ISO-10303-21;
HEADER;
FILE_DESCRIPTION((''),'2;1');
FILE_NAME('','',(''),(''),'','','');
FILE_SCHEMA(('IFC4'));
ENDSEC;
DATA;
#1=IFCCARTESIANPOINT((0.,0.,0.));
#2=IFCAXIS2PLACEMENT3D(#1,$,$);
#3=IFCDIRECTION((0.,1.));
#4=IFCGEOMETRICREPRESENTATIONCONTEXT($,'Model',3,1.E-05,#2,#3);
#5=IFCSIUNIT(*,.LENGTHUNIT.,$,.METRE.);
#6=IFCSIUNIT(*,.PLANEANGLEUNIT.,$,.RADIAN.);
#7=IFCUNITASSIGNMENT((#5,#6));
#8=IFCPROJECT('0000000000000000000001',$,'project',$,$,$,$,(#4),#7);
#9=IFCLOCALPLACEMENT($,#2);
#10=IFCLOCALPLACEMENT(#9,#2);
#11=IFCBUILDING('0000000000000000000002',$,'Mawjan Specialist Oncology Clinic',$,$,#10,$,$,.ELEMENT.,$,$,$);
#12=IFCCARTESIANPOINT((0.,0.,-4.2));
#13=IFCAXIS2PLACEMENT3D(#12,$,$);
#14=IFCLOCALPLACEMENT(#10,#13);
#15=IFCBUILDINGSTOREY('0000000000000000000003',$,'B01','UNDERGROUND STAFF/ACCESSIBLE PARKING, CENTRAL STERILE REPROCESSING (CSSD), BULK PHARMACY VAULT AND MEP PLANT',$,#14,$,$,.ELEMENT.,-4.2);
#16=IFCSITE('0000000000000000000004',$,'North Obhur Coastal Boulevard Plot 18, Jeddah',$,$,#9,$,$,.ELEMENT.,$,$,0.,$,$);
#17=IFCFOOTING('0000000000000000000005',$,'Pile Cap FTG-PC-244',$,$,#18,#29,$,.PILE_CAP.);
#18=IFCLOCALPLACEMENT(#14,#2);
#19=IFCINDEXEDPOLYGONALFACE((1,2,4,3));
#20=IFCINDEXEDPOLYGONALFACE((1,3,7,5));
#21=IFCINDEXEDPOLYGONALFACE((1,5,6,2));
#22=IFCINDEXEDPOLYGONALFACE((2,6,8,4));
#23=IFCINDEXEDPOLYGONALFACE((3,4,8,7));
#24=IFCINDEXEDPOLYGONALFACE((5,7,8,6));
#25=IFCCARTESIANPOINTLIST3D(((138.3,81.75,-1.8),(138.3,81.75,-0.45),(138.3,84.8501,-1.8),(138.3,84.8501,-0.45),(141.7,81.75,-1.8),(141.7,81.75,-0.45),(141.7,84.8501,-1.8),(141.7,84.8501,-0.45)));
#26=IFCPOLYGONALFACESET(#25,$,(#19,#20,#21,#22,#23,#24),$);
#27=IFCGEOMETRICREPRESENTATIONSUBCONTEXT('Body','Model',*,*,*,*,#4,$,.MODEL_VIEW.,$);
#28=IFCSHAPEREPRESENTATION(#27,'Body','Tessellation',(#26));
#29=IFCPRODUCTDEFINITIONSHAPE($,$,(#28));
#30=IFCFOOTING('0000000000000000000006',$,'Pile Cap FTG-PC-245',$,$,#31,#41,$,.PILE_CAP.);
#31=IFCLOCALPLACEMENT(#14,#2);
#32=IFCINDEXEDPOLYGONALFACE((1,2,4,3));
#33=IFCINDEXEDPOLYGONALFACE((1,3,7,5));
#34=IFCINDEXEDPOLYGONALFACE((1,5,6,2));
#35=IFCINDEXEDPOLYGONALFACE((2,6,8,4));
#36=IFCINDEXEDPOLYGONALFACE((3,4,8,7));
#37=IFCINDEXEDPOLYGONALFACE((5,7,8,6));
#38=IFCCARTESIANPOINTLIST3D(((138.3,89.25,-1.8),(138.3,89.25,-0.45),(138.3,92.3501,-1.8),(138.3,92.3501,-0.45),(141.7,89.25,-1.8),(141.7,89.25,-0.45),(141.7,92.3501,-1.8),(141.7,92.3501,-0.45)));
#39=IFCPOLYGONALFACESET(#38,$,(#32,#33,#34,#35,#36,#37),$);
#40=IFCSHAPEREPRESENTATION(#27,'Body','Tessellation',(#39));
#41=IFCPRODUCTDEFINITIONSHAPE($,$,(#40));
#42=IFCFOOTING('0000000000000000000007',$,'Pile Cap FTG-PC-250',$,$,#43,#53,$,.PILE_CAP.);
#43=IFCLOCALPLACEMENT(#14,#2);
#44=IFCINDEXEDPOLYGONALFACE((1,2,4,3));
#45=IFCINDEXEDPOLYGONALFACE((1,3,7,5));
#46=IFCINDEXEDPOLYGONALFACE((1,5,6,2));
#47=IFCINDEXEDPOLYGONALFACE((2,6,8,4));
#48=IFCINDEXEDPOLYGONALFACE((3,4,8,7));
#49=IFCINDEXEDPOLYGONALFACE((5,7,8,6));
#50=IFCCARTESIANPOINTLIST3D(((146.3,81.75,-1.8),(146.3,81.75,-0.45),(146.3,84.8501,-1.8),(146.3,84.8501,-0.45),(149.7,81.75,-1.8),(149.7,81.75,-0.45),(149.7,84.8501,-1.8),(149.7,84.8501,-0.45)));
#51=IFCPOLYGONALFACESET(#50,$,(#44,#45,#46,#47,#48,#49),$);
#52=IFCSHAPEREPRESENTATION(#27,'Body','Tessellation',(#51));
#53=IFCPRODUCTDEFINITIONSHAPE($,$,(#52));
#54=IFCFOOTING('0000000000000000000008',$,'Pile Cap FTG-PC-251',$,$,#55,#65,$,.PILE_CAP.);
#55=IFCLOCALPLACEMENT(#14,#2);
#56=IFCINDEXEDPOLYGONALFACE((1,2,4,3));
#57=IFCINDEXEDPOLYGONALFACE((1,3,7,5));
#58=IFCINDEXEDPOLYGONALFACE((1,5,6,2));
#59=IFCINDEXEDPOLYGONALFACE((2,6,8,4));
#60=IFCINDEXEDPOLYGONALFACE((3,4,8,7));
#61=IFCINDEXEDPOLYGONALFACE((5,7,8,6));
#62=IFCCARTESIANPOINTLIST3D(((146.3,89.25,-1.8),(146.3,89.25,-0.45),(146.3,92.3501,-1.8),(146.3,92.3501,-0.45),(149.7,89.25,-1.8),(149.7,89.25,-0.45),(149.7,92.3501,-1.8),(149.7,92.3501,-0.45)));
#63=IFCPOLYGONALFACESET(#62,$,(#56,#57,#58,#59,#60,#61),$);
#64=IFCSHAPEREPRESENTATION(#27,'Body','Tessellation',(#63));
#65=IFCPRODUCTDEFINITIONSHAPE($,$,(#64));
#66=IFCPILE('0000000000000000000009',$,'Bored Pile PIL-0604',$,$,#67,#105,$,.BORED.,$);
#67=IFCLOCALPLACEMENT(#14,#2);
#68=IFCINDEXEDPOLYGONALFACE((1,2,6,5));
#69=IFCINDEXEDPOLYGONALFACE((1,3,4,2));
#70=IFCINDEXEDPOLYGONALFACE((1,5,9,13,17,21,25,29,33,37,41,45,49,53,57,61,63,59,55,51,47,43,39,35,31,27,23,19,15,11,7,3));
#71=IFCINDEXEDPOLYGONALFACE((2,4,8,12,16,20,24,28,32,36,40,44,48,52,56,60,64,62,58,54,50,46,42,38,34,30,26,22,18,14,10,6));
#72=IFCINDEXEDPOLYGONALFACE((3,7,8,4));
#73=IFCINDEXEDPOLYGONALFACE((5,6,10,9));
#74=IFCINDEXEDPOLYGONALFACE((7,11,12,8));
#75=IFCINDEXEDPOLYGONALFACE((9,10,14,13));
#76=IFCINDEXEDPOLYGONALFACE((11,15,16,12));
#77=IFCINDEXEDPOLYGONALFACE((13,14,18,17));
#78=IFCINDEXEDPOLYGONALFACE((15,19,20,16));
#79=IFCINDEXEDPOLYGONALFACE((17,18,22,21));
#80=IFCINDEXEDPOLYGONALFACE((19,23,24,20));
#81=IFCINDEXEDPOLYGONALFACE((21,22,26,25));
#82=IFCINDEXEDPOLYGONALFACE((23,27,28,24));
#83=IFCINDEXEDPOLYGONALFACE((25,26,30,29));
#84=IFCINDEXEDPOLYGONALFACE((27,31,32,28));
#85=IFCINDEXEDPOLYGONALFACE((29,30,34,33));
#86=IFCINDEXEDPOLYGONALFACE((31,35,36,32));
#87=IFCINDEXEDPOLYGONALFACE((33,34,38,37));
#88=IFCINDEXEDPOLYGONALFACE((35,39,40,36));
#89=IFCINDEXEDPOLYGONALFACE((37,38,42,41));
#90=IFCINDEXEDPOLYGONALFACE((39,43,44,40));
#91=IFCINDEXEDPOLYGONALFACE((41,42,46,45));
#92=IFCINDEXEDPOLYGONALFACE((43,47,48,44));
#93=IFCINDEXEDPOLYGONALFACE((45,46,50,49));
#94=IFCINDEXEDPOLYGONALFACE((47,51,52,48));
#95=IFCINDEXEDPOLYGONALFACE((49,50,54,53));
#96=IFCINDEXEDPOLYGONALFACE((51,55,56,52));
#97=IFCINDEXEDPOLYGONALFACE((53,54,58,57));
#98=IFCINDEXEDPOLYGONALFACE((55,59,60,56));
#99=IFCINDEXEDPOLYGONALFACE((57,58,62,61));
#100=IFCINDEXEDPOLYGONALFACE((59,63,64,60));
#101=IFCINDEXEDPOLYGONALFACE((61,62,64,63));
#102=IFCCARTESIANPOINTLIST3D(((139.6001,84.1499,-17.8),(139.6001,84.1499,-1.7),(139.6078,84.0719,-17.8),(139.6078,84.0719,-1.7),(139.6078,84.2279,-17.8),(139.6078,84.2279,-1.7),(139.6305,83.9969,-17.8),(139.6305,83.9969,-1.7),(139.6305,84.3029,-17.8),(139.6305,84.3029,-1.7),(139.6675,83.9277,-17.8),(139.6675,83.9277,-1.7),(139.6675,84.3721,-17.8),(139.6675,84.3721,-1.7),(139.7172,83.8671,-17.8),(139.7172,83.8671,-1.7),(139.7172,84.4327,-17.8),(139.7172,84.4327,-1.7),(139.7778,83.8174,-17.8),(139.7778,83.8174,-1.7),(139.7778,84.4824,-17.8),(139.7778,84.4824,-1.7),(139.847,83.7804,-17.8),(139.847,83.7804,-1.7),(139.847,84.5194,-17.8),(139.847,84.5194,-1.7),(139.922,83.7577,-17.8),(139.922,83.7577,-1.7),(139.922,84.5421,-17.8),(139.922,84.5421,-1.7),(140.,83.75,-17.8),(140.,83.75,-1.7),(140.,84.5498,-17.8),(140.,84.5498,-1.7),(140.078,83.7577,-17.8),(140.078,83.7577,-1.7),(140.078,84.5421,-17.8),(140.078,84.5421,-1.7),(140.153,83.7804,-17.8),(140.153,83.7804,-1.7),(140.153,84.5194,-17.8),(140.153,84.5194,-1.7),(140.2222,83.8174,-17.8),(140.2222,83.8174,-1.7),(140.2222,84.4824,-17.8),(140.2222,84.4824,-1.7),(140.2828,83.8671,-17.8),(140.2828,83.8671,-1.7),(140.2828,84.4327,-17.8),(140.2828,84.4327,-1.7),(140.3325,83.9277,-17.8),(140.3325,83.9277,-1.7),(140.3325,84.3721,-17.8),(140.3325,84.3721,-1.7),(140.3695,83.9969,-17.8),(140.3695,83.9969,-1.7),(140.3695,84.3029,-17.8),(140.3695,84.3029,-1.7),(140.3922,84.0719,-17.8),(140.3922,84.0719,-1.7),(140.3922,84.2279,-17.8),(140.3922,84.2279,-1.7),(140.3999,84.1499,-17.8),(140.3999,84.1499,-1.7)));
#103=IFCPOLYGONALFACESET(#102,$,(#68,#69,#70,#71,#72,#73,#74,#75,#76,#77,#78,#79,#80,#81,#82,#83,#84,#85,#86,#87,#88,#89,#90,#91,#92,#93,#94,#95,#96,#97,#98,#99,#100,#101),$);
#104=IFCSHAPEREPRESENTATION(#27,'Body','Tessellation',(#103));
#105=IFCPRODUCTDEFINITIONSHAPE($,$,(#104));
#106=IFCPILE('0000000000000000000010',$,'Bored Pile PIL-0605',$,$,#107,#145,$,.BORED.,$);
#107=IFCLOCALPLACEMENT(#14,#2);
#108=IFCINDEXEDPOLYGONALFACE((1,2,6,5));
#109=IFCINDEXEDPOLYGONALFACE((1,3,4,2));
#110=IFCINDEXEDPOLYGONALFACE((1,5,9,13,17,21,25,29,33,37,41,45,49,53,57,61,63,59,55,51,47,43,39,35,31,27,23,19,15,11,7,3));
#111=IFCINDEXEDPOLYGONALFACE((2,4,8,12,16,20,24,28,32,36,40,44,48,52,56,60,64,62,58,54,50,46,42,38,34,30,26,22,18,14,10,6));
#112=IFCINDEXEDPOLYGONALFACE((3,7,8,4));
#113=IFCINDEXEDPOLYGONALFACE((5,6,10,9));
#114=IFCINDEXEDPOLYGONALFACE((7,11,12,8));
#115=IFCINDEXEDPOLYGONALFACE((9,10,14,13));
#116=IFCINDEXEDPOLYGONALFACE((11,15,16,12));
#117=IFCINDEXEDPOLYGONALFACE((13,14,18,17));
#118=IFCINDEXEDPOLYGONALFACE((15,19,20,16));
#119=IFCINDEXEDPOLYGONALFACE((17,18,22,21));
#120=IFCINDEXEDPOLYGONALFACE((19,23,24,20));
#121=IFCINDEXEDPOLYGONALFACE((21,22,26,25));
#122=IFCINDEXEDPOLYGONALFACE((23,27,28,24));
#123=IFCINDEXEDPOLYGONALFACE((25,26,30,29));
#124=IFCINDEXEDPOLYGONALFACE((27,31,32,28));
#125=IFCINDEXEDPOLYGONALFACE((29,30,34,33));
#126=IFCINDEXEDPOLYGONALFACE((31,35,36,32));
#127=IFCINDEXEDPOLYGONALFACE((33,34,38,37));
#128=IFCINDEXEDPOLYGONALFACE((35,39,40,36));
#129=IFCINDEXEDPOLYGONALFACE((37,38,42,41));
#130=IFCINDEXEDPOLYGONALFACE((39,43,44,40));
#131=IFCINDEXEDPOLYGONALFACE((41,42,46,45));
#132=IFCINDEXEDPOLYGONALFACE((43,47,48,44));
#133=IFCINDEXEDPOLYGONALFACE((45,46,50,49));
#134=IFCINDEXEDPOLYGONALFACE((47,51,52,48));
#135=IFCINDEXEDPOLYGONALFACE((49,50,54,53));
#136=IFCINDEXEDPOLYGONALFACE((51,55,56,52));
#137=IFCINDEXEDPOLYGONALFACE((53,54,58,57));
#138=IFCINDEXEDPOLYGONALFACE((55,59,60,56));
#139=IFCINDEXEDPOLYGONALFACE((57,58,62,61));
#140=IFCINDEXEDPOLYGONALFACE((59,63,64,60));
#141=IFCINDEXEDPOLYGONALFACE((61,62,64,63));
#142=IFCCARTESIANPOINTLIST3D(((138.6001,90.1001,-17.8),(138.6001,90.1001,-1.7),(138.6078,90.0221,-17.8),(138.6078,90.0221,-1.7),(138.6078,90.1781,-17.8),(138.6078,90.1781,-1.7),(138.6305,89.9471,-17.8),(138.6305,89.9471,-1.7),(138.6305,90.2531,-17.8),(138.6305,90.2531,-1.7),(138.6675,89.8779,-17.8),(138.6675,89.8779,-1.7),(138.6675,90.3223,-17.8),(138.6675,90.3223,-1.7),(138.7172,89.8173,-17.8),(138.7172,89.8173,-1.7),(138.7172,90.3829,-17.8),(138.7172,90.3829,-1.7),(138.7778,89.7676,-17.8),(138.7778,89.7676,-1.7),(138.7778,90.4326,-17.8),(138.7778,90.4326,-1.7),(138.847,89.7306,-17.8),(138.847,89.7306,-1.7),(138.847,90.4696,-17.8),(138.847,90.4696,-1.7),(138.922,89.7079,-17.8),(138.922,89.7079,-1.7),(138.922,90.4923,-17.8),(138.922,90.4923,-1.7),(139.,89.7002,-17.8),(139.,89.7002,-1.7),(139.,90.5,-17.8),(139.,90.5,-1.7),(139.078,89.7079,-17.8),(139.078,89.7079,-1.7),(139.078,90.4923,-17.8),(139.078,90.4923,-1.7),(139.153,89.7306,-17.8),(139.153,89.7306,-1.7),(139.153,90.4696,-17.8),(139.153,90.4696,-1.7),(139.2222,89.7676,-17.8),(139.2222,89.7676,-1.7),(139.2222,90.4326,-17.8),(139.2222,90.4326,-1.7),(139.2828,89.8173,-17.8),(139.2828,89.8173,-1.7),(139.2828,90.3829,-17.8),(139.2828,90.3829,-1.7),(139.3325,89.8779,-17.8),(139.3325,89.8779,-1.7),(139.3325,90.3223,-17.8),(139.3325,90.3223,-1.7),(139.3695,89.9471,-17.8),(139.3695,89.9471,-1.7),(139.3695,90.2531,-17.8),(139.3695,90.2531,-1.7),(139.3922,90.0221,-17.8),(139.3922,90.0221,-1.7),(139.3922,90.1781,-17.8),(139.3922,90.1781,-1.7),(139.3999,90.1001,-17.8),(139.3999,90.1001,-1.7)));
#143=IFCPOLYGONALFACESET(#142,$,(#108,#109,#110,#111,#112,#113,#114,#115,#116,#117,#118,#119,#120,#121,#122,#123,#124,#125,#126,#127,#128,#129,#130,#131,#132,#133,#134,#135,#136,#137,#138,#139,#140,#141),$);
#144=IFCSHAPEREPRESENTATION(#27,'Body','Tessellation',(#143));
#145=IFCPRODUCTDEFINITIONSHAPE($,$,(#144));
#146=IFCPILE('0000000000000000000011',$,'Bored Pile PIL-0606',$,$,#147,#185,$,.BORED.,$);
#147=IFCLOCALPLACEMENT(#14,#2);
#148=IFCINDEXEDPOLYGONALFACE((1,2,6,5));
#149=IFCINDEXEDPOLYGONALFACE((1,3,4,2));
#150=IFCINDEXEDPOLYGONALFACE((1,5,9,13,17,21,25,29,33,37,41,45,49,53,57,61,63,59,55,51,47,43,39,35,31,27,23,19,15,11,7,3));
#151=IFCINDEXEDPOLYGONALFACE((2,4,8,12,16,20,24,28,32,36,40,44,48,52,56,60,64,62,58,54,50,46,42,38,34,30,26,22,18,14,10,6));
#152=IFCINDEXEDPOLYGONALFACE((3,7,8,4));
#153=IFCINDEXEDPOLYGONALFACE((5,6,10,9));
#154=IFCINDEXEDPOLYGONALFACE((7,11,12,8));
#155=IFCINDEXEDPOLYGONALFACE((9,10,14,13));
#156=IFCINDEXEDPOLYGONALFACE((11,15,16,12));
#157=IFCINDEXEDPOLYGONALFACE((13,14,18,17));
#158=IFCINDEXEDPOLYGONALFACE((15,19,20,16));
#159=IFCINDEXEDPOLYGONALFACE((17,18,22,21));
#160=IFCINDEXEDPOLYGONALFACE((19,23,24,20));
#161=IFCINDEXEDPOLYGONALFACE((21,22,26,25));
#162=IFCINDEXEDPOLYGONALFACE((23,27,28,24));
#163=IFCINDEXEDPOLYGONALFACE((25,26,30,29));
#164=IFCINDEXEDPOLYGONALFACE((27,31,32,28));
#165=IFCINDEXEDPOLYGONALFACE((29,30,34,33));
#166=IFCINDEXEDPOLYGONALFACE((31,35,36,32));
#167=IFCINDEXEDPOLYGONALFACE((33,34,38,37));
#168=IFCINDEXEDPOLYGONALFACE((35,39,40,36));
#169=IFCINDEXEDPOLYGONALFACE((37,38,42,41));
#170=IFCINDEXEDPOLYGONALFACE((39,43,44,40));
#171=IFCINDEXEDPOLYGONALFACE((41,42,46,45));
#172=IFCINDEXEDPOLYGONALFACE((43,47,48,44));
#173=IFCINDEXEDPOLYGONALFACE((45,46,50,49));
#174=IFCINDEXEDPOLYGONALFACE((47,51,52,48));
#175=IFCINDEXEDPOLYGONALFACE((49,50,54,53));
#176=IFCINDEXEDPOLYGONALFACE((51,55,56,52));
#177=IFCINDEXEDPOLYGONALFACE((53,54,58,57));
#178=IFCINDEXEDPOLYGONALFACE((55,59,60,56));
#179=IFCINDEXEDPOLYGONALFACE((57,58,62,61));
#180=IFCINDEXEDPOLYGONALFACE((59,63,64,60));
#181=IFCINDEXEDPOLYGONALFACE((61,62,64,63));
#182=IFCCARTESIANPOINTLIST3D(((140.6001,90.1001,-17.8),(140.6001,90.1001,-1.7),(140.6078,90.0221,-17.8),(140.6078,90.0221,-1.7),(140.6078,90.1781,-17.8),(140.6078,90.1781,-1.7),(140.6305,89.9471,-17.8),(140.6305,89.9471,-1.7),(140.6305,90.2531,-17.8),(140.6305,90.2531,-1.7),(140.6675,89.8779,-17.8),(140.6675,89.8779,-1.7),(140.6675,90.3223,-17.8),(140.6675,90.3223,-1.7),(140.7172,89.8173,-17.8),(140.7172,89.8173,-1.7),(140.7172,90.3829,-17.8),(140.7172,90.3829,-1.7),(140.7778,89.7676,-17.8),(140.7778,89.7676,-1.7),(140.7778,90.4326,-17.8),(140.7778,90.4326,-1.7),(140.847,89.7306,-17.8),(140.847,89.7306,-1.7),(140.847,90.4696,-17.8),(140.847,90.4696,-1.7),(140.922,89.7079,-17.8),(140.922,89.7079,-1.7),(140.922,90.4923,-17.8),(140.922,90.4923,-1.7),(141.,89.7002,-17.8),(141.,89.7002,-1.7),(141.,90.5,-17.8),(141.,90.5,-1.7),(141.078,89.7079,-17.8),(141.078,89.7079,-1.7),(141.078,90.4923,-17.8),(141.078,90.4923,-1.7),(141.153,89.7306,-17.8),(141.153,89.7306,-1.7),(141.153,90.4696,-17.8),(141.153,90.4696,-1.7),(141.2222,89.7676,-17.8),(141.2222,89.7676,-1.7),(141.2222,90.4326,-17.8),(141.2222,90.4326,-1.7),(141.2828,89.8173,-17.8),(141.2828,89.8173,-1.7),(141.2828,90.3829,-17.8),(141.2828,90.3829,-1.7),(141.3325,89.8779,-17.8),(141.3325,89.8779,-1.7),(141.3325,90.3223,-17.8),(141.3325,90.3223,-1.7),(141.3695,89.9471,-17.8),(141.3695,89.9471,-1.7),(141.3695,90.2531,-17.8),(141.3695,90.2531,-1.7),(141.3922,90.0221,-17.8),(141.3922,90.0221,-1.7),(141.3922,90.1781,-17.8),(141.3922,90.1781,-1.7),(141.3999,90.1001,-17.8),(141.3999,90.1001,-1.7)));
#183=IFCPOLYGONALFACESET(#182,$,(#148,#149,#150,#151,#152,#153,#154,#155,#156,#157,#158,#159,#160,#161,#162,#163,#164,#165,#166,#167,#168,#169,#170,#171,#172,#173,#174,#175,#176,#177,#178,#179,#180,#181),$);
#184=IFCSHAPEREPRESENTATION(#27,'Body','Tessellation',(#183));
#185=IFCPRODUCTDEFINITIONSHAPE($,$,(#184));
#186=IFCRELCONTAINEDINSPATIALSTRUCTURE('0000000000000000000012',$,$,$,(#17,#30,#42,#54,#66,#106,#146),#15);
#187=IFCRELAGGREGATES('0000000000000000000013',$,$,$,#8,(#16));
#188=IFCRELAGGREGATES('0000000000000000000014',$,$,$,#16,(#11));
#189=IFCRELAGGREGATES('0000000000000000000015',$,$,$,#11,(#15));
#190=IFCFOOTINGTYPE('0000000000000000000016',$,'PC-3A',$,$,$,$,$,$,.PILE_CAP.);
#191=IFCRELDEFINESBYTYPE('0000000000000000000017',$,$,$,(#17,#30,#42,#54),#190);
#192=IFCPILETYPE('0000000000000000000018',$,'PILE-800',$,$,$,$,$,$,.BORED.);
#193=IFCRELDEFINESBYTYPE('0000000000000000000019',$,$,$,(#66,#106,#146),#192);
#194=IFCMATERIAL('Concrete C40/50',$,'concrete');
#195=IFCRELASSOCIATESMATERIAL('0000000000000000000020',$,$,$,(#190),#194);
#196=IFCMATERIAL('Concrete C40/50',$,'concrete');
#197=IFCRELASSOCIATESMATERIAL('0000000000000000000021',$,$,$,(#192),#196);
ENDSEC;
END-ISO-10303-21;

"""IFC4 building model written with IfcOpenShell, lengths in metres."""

from ifc_helpers import new_model, si_unit, direction, frame, origin, origin_2d, place, context, subcontext, project, spatial, rectangle, circle, extrude, material, material_profile, profile_set, type_object, element, save


model = new_model("IFC4")

# Units and contexts
model_context = context("Model", 3, precision=1e-05, world=origin(), true_north=direction((0.0, 1.0)))
body_context = subcontext(model_context, "Body", "Model", "MODEL_VIEW")
ifc_project = project(units=[si_unit("LENGTHUNIT", "METRE"), si_unit("PLANEANGLEUNIT", "RADIAN")], contexts=[model_context])

# Site, building, storey
site_placement = place(None, origin())
site = spatial("IfcSite", under=ifc_project, at=site_placement, Name="North Obhur Coastal Boulevard Plot 18, Jeddah", CompositionType="ELEMENT", RefElevation=0.0)
building_placement = place(site_placement, origin())
building = spatial("IfcBuilding", under=site, at=building_placement, Name="Mawjan Specialist Oncology Clinic", CompositionType="ELEMENT")
storey_placement = place(building_placement, frame((0.0, 0.0, -4.2)))
storey = spatial("IfcBuildingStorey", under=building, at=storey_placement, Name="B01", Description="UNDERGROUND STAFF/ACCESSIBLE PARKING, CENTRAL STERILE REPROCESSING (CSSD), BULK PHARMACY VAULT AND MEP PLANT", CompositionType="ELEMENT", Elevation=-4.2)

# Footings
ifc_material_1 = material(Name="Concrete C40/50", Category="concrete")
footing_type_1 = type_object("IfcFootingType", Name="PC-3A", PredefinedType="PILE_CAP", material=ifc_material_1)
for number, where, z_axis, x_axis, name in (
    (1, (140.0, 83.3, -1.8), (0.0, 0.0, 1.0), (1.0, 0.0, 0.0), "Pile Cap FTG-PC-244"),
    (2, (140.0, 90.8, -1.8), (0.0, 0.0, 1.0), (1.0, 0.0, 0.0), "Pile Cap FTG-PC-245"),
    (3, (148.0, 83.3, -1.8), (0.0, 0.0, 1.0), (1.0, 0.0, 0.0), "Pile Cap FTG-PC-250"),
    (4, (148.0, 90.8, -1.8), (0.0, 0.0, 1.0), (1.0, 0.0, 0.0), "Pile Cap FTG-PC-251"),
):
    element("IfcFooting", number, at=place(storey_placement, frame(where, z_axis=z_axis, x_axis=x_axis)), inside=storey, type_object=footing_type_1, Name=name, PredefinedType="PILE_CAP", context=body_context, shape_type="SweptSolid", body=[
        extrude(rectangle(XDim=3.3999, YDim=3.1001, at=origin_2d()), origin(), (0.0, 0.0, 1.0), 1.3501),
    ])

# Piles
ifc_material_2 = material(Name="Concrete C40/50", Category="concrete")
ifc_material_profile_1 = material_profile(ifc_material_2, circle(Radius=0.3999, at=origin_2d()), Name="BORED PILE D800", Category="concrete")
ifc_profile_set_1 = profile_set([ifc_material_profile_1], Name="Concrete C40/50")
pile_type = type_object("IfcPileType", Name="PILE-800", PredefinedType="BORED", material=ifc_profile_set_1)
for number, where, z_axis, x_axis, name in (
    (5, (140.0, 84.1499, -1.7), (0.0, 0.0, -1.0), (1.0, 0.0, 0.0), "Bored Pile PIL-0604"),
    (6, (139.0, 90.1001, -1.7), (0.0, 0.0, -1.0), (1.0, 0.0, 0.0), "Bored Pile PIL-0605"),
    (7, (141.0, 90.1001, -1.7), (0.0, 0.0, -1.0), (1.0, 0.0, 0.0), "Bored Pile PIL-0606"),
):
    element("IfcPile", number, at=place(storey_placement, frame(where, z_axis=z_axis, x_axis=x_axis)), inside=storey, type_object=pile_type, Name=name, PredefinedType="BORED", context=body_context, shape_type="SweptSolid", body=[
        extrude(circle(Radius=0.3999, at=origin_2d()), origin(), (0.0, 0.0, 1.0), 16.1001),
    ])

save(model, "model.ifc")
